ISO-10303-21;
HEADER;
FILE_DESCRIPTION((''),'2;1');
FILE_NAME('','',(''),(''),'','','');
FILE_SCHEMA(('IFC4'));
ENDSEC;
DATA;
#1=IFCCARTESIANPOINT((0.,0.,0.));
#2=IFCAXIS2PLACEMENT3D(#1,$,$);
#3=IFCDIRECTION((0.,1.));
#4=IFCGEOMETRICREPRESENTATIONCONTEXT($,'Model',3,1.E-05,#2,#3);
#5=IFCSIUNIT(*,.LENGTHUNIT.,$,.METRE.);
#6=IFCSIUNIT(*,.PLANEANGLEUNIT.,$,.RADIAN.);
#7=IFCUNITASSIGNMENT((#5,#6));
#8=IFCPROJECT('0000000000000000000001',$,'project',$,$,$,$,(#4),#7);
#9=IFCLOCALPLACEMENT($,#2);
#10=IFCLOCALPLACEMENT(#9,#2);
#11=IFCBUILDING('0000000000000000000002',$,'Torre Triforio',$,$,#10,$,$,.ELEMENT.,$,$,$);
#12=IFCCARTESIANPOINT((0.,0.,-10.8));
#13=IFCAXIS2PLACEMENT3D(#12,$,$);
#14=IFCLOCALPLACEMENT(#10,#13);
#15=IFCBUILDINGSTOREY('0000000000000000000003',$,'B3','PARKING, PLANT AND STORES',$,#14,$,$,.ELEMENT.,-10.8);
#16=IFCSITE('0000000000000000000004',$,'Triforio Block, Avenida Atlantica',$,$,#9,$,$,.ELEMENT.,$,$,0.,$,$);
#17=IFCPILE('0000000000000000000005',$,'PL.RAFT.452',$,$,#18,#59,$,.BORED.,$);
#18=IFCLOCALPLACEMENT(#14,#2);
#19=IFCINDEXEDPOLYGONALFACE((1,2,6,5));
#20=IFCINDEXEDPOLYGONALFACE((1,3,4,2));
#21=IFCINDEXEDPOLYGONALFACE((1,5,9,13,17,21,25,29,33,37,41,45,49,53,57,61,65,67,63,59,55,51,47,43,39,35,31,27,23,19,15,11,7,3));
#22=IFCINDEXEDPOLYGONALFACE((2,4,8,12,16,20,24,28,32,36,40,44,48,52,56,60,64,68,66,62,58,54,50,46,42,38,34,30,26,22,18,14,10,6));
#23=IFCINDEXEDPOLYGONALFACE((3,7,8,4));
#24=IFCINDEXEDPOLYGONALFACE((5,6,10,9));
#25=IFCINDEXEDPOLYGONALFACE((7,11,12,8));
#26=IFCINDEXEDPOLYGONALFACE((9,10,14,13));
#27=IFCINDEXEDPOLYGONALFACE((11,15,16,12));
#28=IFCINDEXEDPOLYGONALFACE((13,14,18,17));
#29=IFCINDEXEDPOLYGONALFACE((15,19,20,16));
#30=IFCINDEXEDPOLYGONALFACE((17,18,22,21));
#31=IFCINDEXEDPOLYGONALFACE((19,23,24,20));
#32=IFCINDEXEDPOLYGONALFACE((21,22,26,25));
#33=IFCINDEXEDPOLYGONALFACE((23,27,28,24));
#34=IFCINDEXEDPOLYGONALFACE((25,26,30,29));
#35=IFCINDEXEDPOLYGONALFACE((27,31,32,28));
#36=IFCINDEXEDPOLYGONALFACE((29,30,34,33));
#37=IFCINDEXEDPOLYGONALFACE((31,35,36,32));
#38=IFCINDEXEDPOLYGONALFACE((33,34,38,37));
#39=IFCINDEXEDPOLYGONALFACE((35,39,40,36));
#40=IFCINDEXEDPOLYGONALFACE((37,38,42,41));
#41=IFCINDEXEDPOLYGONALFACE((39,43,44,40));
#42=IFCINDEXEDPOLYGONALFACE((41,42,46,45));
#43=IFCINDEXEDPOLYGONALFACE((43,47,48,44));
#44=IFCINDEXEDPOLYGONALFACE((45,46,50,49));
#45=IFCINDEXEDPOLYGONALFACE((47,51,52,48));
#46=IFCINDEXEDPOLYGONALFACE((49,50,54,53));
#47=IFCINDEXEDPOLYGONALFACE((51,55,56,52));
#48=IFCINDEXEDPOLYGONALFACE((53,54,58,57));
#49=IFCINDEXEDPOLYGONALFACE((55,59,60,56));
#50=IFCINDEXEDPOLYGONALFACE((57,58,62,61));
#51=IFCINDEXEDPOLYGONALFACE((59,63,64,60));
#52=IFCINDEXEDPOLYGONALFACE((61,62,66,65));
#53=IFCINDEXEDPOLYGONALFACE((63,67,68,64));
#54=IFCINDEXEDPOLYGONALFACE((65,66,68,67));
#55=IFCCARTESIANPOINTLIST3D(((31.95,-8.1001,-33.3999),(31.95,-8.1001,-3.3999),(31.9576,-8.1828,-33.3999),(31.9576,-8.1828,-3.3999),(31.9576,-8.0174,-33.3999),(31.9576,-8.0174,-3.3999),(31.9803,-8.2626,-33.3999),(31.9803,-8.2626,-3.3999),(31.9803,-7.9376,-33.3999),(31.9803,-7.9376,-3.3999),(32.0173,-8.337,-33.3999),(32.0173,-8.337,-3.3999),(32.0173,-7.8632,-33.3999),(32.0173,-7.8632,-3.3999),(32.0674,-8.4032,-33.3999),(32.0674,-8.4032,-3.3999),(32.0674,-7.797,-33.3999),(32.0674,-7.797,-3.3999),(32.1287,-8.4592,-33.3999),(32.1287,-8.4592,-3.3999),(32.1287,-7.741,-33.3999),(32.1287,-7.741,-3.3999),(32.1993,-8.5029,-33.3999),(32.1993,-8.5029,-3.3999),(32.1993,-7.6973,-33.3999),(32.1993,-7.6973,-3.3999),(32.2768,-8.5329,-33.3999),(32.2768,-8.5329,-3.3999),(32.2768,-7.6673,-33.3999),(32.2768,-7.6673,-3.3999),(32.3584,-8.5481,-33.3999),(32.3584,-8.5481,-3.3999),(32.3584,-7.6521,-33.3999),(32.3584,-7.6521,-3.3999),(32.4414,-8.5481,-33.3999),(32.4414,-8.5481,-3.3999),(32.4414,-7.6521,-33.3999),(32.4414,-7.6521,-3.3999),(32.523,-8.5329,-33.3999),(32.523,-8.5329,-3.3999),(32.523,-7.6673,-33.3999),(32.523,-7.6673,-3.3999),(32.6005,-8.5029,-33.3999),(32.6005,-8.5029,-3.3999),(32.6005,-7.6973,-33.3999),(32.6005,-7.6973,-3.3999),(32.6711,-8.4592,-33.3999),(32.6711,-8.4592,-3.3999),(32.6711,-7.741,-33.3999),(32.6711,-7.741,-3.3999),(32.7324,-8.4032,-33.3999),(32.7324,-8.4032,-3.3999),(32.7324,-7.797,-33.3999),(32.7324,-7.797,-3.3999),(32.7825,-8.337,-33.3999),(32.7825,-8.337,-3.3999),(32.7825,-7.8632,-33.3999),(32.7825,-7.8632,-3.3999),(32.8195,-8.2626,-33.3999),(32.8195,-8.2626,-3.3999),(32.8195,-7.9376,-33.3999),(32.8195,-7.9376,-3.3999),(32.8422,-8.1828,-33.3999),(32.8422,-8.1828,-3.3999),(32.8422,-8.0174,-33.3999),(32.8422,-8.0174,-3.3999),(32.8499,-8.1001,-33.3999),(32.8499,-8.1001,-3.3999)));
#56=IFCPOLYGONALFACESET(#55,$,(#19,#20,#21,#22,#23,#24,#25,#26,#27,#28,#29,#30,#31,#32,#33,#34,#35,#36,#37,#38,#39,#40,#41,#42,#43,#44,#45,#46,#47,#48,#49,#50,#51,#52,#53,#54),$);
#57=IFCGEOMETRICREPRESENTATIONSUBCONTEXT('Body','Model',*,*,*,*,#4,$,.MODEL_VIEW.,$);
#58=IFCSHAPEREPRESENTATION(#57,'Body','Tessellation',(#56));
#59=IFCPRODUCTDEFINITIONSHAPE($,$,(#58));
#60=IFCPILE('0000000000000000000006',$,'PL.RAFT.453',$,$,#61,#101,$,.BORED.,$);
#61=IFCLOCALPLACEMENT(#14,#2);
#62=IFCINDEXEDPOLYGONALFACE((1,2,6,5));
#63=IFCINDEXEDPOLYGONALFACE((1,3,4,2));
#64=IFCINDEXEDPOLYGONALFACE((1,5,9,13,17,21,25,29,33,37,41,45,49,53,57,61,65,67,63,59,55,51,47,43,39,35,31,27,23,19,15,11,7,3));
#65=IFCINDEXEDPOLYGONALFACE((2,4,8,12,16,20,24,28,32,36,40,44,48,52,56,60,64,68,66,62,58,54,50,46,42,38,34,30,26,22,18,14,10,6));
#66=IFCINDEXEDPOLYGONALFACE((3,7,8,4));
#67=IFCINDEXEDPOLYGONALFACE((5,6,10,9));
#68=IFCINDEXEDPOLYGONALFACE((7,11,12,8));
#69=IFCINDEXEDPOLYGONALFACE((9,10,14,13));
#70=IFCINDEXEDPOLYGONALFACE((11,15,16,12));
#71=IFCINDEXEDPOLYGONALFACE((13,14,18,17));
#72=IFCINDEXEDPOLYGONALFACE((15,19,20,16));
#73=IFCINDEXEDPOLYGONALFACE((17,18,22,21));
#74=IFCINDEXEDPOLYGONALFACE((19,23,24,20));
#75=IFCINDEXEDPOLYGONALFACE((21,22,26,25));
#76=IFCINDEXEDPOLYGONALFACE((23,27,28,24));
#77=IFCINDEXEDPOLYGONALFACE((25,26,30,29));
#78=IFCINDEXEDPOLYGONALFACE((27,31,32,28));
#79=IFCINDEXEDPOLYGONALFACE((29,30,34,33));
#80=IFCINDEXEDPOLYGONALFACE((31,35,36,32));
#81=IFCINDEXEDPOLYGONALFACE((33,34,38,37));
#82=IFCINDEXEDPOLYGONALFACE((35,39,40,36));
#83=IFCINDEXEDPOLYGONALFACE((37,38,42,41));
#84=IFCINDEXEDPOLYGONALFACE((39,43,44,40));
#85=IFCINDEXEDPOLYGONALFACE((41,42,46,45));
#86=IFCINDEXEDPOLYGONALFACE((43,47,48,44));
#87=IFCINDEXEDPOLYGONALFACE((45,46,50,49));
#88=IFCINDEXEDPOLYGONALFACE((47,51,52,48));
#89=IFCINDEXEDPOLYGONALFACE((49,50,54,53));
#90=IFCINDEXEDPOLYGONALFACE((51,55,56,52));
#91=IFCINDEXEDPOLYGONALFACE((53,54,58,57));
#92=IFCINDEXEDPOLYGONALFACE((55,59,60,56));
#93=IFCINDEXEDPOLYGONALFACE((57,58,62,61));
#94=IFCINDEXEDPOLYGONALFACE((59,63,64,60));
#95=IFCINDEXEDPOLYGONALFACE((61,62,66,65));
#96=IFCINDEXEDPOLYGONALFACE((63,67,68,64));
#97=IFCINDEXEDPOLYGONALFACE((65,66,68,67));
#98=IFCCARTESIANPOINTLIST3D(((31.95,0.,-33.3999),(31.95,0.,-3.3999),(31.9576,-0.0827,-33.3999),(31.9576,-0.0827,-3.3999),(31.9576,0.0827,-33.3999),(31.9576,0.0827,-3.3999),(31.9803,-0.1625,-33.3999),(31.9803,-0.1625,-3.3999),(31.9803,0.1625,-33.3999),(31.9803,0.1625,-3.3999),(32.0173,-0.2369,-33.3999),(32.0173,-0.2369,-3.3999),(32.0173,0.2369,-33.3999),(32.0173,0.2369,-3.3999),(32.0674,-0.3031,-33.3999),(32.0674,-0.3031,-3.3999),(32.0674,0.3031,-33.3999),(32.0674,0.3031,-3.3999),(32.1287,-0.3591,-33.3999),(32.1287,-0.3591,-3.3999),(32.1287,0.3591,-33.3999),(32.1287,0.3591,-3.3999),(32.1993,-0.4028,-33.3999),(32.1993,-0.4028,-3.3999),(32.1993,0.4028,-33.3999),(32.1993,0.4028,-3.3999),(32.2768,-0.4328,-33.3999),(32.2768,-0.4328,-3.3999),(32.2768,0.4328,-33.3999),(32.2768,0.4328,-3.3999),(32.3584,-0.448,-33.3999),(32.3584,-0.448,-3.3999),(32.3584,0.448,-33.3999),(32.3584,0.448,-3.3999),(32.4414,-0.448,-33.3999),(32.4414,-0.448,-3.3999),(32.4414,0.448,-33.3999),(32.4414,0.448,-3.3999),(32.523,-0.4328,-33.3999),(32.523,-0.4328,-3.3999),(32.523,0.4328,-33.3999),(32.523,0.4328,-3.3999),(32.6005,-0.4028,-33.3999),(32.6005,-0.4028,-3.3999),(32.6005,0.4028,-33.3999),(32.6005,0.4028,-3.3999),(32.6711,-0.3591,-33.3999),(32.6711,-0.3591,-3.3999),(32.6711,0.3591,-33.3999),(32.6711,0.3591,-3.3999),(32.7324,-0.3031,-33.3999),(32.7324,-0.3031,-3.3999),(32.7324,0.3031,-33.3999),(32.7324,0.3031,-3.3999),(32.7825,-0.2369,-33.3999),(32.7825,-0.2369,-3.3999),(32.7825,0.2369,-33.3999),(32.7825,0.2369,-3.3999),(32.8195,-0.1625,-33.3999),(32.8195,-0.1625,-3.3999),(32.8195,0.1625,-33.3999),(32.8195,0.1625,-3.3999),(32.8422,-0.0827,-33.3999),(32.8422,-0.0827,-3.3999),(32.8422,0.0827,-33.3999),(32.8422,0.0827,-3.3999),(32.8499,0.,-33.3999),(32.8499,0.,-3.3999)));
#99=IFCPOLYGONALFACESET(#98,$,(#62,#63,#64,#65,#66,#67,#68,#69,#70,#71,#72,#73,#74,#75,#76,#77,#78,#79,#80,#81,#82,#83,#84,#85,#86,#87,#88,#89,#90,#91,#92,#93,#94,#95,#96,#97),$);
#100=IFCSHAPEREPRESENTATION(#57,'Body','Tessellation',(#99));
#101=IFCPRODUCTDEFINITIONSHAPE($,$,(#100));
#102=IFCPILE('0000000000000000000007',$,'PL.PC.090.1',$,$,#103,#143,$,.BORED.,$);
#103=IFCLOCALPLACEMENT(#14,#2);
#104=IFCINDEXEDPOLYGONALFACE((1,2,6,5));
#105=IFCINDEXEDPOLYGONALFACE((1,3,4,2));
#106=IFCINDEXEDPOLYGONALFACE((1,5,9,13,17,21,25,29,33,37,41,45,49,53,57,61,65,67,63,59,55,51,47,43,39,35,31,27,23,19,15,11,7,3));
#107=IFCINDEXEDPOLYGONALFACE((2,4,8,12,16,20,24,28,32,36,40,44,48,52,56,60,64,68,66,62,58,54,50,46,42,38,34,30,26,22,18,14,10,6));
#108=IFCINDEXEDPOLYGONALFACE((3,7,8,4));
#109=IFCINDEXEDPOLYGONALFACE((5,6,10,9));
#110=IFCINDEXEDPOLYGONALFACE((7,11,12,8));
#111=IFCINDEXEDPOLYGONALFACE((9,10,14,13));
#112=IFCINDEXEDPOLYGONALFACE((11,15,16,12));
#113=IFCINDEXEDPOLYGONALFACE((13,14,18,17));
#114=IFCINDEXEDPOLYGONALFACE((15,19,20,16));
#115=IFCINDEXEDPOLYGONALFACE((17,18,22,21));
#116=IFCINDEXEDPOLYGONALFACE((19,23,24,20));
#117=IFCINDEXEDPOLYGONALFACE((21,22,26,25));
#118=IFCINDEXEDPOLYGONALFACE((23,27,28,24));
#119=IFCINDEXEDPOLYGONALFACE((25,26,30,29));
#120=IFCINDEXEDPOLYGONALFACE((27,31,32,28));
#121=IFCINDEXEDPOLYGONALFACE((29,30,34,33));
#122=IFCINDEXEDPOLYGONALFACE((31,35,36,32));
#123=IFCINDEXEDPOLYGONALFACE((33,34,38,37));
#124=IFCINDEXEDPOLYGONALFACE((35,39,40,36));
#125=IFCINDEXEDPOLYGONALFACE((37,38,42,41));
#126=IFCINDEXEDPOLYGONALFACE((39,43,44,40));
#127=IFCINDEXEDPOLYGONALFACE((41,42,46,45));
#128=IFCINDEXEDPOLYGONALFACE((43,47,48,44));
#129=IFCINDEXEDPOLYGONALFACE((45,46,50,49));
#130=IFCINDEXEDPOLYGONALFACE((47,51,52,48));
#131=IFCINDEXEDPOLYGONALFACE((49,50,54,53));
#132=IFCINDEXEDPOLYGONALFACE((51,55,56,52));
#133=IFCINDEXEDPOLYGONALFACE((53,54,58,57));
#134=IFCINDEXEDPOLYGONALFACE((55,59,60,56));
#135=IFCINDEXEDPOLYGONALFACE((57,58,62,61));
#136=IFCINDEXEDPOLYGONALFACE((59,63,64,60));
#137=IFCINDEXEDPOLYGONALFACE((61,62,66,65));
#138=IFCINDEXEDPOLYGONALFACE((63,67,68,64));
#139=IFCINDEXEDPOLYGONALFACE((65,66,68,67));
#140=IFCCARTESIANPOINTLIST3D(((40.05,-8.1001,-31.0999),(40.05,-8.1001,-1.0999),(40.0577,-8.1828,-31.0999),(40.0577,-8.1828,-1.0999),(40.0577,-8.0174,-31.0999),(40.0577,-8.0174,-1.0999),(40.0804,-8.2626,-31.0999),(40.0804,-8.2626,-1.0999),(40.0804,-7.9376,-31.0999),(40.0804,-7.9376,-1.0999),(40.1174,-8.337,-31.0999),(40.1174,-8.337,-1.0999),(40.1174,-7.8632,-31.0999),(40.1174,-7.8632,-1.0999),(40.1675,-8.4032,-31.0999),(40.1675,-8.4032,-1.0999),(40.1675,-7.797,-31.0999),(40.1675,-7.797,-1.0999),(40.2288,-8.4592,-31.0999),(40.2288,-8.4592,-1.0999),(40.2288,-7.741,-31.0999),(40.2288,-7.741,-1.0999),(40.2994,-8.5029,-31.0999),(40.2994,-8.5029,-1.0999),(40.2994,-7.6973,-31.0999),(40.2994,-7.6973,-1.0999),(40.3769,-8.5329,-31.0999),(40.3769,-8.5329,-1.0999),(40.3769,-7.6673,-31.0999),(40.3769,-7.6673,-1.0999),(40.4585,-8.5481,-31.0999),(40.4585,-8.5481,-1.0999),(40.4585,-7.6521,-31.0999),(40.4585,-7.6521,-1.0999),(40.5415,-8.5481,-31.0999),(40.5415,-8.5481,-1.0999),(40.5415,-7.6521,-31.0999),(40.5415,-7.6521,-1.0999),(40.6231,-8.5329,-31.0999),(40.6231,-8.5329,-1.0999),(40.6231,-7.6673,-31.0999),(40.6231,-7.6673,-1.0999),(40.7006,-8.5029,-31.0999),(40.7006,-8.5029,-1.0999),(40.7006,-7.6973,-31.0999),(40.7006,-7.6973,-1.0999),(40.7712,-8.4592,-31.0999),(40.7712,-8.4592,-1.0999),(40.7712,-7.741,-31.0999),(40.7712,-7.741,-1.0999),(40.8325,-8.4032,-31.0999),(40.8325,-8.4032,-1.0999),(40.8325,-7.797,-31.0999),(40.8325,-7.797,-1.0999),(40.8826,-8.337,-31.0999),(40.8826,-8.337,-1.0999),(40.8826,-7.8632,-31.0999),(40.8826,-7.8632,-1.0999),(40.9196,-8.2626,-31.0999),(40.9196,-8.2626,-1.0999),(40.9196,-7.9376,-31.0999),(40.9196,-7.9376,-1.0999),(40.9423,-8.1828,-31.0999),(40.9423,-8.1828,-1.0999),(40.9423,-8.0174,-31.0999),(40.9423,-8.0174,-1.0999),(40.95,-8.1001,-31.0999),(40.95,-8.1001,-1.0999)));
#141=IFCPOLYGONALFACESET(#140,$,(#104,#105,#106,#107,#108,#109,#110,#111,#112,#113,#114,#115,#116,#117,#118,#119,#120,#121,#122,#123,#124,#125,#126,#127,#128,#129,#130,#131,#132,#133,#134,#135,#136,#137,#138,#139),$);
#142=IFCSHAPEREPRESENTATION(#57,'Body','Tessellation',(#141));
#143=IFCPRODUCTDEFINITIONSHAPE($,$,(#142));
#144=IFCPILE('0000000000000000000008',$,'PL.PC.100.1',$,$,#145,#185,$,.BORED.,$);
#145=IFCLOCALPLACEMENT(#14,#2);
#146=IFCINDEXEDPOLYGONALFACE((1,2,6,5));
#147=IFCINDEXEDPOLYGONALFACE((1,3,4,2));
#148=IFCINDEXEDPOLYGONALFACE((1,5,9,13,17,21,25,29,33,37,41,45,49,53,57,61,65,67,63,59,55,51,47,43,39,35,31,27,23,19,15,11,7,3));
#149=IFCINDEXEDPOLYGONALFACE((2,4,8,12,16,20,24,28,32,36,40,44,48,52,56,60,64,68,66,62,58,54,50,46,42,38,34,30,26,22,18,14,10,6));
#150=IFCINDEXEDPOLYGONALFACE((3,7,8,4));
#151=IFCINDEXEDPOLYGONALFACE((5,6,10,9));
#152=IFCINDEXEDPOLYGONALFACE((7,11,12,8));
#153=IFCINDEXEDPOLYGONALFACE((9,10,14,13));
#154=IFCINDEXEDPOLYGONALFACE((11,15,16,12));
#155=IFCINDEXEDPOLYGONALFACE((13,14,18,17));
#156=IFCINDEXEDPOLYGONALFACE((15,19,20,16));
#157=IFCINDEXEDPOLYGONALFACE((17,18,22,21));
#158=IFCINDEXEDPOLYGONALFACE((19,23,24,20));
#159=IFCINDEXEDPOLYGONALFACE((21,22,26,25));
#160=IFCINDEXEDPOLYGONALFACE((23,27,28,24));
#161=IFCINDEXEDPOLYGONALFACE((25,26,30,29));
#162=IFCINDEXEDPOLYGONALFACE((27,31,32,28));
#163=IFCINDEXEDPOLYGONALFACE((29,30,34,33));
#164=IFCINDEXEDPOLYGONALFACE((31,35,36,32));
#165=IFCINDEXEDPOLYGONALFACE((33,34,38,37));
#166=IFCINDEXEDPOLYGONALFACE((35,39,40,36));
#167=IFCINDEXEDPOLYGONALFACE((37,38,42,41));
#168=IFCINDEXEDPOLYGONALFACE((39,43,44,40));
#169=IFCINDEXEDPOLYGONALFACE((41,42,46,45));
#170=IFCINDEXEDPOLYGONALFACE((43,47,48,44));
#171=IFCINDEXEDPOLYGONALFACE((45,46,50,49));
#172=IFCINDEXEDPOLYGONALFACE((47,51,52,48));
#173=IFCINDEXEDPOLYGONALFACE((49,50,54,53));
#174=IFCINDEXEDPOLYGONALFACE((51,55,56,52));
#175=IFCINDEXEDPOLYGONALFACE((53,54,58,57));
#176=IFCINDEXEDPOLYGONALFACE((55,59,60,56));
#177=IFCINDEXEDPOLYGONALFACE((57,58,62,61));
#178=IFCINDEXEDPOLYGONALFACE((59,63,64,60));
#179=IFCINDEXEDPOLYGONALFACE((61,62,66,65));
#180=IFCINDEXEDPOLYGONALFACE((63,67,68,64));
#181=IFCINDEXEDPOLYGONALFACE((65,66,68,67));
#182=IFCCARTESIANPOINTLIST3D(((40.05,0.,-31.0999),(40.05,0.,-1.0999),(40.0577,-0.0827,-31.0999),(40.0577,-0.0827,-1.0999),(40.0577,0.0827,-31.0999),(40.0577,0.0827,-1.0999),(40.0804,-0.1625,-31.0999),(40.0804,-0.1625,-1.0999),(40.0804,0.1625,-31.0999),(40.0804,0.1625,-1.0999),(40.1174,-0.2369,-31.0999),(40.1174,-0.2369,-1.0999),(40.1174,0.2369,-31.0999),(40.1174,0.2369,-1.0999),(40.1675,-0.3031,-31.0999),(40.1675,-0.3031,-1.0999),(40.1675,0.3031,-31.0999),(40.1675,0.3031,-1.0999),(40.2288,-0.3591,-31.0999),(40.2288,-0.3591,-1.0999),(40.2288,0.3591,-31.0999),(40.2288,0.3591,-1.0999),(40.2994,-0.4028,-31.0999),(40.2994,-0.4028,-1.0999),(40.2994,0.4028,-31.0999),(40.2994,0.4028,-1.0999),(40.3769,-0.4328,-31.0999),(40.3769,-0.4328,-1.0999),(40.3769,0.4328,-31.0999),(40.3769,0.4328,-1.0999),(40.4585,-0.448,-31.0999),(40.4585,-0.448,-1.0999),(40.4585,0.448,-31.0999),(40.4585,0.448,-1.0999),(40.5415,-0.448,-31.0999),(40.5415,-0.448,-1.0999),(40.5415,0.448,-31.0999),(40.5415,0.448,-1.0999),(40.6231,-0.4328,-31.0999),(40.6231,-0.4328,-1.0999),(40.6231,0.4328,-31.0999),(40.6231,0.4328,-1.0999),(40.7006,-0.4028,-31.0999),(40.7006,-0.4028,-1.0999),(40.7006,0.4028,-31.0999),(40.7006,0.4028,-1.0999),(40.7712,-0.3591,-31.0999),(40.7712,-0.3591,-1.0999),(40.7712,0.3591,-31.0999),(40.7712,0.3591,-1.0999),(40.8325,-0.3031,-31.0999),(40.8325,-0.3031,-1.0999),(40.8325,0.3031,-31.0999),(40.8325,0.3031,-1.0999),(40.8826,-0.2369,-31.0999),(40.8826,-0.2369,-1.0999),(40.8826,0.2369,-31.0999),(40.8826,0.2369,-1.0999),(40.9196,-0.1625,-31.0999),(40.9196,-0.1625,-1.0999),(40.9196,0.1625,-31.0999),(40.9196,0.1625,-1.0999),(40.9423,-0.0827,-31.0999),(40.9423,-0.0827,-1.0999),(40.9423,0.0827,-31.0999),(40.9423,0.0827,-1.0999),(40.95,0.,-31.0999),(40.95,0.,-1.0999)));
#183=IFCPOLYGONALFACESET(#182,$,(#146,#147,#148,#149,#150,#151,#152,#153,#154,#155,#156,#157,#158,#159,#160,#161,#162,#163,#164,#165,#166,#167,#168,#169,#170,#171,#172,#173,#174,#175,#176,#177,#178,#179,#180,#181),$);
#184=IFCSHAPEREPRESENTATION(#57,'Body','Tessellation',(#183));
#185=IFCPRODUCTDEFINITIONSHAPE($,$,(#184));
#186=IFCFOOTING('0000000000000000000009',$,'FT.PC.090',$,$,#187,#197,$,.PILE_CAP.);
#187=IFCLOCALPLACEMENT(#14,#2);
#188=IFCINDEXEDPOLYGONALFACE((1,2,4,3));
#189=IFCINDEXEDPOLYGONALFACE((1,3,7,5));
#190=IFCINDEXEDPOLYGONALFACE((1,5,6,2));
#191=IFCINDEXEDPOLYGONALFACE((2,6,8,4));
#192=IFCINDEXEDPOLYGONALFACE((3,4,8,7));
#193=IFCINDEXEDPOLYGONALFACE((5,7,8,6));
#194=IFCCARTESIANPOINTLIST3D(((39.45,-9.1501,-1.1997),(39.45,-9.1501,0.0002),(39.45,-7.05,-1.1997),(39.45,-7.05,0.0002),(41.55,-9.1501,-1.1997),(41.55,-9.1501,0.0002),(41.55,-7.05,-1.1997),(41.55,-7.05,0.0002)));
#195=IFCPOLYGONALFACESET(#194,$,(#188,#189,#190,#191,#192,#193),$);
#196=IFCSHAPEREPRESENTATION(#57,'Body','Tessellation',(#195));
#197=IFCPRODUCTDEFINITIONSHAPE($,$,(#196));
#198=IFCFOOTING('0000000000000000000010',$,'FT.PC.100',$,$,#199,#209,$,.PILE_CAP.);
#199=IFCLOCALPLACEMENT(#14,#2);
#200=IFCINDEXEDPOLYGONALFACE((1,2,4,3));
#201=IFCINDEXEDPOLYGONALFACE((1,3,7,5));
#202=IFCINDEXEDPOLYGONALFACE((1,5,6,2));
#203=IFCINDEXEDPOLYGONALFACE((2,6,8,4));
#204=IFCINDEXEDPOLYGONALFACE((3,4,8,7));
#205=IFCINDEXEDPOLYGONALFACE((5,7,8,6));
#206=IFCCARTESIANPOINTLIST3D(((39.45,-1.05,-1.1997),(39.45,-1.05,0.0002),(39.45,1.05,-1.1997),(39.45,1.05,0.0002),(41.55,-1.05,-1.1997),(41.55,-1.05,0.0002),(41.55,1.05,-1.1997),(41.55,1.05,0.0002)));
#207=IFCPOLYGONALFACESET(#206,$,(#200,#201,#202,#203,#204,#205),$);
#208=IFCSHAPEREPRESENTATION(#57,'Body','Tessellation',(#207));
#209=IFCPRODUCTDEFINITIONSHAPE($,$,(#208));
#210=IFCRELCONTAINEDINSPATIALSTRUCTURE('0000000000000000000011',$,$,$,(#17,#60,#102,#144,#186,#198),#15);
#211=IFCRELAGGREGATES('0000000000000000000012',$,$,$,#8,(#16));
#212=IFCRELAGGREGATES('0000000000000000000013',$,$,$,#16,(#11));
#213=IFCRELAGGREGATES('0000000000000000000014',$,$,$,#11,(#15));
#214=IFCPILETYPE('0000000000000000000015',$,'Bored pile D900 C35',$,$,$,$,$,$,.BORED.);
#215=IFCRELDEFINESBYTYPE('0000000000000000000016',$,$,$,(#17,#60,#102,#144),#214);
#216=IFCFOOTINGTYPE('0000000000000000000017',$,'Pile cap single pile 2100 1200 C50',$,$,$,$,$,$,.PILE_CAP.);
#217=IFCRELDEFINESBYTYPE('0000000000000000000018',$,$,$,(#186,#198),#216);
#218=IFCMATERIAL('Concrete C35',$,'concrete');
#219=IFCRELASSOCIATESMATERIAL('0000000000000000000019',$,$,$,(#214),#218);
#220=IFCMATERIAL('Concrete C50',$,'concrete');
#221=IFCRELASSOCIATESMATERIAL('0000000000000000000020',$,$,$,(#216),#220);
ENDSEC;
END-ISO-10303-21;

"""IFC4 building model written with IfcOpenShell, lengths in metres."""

from ifc_helpers import new_model, si_unit, direction, frame, origin, origin_2d, place, context, subcontext, project, spatial, rectangle, circle, extrude, material, material_profile, profile_set, type_object, element, save


model = new_model("IFC4")

# Units and contexts
model_context = context("Model", 3, precision=1e-05, world=origin(), true_north=direction((0.0, 1.0)))
body_context = subcontext(model_context, "Body", "Model", "MODEL_VIEW")
ifc_project = project(units=[si_unit("LENGTHUNIT", "METRE"), si_unit("PLANEANGLEUNIT", "RADIAN")], contexts=[model_context])

# Site, building, storey
site_placement = place(None, origin())
site = spatial("IfcSite", under=ifc_project, at=site_placement, Name="Triforio Block, Avenida Atlantica", CompositionType="ELEMENT", RefElevation=0.0)
building_placement = place(site_placement, origin())
building = spatial("IfcBuilding", under=site, at=building_placement, Name="Torre Triforio", CompositionType="ELEMENT")
storey_placement = place(building_placement, frame((0.0, 0.0, -10.8)))
storey = spatial("IfcBuildingStorey", under=building, at=storey_placement, Name="B3", Description="PARKING, PLANT AND STORES", CompositionType="ELEMENT", Elevation=-10.8)

# Piles
ifc_material_1 = material(Name="Concrete C35", Category="concrete")
ifc_material_profile_1 = material_profile(ifc_material_1, circle(Radius=0.45, at=origin_2d()), Name="RC D900")
ifc_profile_set_1 = profile_set([ifc_material_profile_1], Name="Concrete C35")
pile_type = type_object("IfcPileType", Name="Bored pile D900 C35", PredefinedType="BORED", material=ifc_profile_set_1)
for number, where, z_axis, x_axis, name in (
    (1, (32.3999, -8.1001, -3.3999), (0.0, 0.0, -1.0), (1.0, 0.0, 0.0), "PL.RAFT.452"),
    (2, (32.3999, 0.0, -3.3999), (0.0, 0.0, -1.0), (1.0, 0.0, 0.0), "PL.RAFT.453"),
    (3, (40.5, -8.1001, -1.0999), (0.0, 0.0, -1.0), (1.0, 0.0, 0.0), "PL.PC.090.1"),
    (4, (40.5, 0.0, -1.0999), (0.0, 0.0, -1.0), (1.0, 0.0, 0.0), "PL.PC.100.1"),
):
    element("IfcPile", number, at=place(storey_placement, frame(where, z_axis=z_axis, x_axis=x_axis)), inside=storey, type_object=pile_type, Name=name, PredefinedType="BORED", context=body_context, shape_type="SweptSolid", body=[
        extrude(circle(Radius=0.45, at=origin_2d()), origin(), (0.0, 0.0, 1.0), 30.0),
    ])

# Footings
ifc_material_2 = material(Name="Concrete C50", Category="concrete")
footing_type = type_object("IfcFootingType", Name="Pile cap single pile 2100 1200 C50", PredefinedType="PILE_CAP", material=ifc_material_2)
for number, where, z_axis, x_axis, name in (
    (5, (40.5, -8.1001, -1.1997), (0.0, 0.0, 1.0), (1.0, 0.0, 0.0), "FT.PC.090"),
    (6, (40.5, 0.0, -1.1997), (0.0, 0.0, 1.0), (1.0, 0.0, 0.0), "FT.PC.100"),
):
    element("IfcFooting", number, at=place(storey_placement, frame(where, z_axis=z_axis, x_axis=x_axis)), inside=storey, type_object=footing_type, Name=name, PredefinedType="PILE_CAP", context=body_context, shape_type="SweptSolid", body=[
        extrude(rectangle(XDim=2.1001, YDim=2.1001, at=origin_2d()), origin(), (0.0, 0.0, 1.0), 1.2),
    ])

save(model, "model.ifc")
